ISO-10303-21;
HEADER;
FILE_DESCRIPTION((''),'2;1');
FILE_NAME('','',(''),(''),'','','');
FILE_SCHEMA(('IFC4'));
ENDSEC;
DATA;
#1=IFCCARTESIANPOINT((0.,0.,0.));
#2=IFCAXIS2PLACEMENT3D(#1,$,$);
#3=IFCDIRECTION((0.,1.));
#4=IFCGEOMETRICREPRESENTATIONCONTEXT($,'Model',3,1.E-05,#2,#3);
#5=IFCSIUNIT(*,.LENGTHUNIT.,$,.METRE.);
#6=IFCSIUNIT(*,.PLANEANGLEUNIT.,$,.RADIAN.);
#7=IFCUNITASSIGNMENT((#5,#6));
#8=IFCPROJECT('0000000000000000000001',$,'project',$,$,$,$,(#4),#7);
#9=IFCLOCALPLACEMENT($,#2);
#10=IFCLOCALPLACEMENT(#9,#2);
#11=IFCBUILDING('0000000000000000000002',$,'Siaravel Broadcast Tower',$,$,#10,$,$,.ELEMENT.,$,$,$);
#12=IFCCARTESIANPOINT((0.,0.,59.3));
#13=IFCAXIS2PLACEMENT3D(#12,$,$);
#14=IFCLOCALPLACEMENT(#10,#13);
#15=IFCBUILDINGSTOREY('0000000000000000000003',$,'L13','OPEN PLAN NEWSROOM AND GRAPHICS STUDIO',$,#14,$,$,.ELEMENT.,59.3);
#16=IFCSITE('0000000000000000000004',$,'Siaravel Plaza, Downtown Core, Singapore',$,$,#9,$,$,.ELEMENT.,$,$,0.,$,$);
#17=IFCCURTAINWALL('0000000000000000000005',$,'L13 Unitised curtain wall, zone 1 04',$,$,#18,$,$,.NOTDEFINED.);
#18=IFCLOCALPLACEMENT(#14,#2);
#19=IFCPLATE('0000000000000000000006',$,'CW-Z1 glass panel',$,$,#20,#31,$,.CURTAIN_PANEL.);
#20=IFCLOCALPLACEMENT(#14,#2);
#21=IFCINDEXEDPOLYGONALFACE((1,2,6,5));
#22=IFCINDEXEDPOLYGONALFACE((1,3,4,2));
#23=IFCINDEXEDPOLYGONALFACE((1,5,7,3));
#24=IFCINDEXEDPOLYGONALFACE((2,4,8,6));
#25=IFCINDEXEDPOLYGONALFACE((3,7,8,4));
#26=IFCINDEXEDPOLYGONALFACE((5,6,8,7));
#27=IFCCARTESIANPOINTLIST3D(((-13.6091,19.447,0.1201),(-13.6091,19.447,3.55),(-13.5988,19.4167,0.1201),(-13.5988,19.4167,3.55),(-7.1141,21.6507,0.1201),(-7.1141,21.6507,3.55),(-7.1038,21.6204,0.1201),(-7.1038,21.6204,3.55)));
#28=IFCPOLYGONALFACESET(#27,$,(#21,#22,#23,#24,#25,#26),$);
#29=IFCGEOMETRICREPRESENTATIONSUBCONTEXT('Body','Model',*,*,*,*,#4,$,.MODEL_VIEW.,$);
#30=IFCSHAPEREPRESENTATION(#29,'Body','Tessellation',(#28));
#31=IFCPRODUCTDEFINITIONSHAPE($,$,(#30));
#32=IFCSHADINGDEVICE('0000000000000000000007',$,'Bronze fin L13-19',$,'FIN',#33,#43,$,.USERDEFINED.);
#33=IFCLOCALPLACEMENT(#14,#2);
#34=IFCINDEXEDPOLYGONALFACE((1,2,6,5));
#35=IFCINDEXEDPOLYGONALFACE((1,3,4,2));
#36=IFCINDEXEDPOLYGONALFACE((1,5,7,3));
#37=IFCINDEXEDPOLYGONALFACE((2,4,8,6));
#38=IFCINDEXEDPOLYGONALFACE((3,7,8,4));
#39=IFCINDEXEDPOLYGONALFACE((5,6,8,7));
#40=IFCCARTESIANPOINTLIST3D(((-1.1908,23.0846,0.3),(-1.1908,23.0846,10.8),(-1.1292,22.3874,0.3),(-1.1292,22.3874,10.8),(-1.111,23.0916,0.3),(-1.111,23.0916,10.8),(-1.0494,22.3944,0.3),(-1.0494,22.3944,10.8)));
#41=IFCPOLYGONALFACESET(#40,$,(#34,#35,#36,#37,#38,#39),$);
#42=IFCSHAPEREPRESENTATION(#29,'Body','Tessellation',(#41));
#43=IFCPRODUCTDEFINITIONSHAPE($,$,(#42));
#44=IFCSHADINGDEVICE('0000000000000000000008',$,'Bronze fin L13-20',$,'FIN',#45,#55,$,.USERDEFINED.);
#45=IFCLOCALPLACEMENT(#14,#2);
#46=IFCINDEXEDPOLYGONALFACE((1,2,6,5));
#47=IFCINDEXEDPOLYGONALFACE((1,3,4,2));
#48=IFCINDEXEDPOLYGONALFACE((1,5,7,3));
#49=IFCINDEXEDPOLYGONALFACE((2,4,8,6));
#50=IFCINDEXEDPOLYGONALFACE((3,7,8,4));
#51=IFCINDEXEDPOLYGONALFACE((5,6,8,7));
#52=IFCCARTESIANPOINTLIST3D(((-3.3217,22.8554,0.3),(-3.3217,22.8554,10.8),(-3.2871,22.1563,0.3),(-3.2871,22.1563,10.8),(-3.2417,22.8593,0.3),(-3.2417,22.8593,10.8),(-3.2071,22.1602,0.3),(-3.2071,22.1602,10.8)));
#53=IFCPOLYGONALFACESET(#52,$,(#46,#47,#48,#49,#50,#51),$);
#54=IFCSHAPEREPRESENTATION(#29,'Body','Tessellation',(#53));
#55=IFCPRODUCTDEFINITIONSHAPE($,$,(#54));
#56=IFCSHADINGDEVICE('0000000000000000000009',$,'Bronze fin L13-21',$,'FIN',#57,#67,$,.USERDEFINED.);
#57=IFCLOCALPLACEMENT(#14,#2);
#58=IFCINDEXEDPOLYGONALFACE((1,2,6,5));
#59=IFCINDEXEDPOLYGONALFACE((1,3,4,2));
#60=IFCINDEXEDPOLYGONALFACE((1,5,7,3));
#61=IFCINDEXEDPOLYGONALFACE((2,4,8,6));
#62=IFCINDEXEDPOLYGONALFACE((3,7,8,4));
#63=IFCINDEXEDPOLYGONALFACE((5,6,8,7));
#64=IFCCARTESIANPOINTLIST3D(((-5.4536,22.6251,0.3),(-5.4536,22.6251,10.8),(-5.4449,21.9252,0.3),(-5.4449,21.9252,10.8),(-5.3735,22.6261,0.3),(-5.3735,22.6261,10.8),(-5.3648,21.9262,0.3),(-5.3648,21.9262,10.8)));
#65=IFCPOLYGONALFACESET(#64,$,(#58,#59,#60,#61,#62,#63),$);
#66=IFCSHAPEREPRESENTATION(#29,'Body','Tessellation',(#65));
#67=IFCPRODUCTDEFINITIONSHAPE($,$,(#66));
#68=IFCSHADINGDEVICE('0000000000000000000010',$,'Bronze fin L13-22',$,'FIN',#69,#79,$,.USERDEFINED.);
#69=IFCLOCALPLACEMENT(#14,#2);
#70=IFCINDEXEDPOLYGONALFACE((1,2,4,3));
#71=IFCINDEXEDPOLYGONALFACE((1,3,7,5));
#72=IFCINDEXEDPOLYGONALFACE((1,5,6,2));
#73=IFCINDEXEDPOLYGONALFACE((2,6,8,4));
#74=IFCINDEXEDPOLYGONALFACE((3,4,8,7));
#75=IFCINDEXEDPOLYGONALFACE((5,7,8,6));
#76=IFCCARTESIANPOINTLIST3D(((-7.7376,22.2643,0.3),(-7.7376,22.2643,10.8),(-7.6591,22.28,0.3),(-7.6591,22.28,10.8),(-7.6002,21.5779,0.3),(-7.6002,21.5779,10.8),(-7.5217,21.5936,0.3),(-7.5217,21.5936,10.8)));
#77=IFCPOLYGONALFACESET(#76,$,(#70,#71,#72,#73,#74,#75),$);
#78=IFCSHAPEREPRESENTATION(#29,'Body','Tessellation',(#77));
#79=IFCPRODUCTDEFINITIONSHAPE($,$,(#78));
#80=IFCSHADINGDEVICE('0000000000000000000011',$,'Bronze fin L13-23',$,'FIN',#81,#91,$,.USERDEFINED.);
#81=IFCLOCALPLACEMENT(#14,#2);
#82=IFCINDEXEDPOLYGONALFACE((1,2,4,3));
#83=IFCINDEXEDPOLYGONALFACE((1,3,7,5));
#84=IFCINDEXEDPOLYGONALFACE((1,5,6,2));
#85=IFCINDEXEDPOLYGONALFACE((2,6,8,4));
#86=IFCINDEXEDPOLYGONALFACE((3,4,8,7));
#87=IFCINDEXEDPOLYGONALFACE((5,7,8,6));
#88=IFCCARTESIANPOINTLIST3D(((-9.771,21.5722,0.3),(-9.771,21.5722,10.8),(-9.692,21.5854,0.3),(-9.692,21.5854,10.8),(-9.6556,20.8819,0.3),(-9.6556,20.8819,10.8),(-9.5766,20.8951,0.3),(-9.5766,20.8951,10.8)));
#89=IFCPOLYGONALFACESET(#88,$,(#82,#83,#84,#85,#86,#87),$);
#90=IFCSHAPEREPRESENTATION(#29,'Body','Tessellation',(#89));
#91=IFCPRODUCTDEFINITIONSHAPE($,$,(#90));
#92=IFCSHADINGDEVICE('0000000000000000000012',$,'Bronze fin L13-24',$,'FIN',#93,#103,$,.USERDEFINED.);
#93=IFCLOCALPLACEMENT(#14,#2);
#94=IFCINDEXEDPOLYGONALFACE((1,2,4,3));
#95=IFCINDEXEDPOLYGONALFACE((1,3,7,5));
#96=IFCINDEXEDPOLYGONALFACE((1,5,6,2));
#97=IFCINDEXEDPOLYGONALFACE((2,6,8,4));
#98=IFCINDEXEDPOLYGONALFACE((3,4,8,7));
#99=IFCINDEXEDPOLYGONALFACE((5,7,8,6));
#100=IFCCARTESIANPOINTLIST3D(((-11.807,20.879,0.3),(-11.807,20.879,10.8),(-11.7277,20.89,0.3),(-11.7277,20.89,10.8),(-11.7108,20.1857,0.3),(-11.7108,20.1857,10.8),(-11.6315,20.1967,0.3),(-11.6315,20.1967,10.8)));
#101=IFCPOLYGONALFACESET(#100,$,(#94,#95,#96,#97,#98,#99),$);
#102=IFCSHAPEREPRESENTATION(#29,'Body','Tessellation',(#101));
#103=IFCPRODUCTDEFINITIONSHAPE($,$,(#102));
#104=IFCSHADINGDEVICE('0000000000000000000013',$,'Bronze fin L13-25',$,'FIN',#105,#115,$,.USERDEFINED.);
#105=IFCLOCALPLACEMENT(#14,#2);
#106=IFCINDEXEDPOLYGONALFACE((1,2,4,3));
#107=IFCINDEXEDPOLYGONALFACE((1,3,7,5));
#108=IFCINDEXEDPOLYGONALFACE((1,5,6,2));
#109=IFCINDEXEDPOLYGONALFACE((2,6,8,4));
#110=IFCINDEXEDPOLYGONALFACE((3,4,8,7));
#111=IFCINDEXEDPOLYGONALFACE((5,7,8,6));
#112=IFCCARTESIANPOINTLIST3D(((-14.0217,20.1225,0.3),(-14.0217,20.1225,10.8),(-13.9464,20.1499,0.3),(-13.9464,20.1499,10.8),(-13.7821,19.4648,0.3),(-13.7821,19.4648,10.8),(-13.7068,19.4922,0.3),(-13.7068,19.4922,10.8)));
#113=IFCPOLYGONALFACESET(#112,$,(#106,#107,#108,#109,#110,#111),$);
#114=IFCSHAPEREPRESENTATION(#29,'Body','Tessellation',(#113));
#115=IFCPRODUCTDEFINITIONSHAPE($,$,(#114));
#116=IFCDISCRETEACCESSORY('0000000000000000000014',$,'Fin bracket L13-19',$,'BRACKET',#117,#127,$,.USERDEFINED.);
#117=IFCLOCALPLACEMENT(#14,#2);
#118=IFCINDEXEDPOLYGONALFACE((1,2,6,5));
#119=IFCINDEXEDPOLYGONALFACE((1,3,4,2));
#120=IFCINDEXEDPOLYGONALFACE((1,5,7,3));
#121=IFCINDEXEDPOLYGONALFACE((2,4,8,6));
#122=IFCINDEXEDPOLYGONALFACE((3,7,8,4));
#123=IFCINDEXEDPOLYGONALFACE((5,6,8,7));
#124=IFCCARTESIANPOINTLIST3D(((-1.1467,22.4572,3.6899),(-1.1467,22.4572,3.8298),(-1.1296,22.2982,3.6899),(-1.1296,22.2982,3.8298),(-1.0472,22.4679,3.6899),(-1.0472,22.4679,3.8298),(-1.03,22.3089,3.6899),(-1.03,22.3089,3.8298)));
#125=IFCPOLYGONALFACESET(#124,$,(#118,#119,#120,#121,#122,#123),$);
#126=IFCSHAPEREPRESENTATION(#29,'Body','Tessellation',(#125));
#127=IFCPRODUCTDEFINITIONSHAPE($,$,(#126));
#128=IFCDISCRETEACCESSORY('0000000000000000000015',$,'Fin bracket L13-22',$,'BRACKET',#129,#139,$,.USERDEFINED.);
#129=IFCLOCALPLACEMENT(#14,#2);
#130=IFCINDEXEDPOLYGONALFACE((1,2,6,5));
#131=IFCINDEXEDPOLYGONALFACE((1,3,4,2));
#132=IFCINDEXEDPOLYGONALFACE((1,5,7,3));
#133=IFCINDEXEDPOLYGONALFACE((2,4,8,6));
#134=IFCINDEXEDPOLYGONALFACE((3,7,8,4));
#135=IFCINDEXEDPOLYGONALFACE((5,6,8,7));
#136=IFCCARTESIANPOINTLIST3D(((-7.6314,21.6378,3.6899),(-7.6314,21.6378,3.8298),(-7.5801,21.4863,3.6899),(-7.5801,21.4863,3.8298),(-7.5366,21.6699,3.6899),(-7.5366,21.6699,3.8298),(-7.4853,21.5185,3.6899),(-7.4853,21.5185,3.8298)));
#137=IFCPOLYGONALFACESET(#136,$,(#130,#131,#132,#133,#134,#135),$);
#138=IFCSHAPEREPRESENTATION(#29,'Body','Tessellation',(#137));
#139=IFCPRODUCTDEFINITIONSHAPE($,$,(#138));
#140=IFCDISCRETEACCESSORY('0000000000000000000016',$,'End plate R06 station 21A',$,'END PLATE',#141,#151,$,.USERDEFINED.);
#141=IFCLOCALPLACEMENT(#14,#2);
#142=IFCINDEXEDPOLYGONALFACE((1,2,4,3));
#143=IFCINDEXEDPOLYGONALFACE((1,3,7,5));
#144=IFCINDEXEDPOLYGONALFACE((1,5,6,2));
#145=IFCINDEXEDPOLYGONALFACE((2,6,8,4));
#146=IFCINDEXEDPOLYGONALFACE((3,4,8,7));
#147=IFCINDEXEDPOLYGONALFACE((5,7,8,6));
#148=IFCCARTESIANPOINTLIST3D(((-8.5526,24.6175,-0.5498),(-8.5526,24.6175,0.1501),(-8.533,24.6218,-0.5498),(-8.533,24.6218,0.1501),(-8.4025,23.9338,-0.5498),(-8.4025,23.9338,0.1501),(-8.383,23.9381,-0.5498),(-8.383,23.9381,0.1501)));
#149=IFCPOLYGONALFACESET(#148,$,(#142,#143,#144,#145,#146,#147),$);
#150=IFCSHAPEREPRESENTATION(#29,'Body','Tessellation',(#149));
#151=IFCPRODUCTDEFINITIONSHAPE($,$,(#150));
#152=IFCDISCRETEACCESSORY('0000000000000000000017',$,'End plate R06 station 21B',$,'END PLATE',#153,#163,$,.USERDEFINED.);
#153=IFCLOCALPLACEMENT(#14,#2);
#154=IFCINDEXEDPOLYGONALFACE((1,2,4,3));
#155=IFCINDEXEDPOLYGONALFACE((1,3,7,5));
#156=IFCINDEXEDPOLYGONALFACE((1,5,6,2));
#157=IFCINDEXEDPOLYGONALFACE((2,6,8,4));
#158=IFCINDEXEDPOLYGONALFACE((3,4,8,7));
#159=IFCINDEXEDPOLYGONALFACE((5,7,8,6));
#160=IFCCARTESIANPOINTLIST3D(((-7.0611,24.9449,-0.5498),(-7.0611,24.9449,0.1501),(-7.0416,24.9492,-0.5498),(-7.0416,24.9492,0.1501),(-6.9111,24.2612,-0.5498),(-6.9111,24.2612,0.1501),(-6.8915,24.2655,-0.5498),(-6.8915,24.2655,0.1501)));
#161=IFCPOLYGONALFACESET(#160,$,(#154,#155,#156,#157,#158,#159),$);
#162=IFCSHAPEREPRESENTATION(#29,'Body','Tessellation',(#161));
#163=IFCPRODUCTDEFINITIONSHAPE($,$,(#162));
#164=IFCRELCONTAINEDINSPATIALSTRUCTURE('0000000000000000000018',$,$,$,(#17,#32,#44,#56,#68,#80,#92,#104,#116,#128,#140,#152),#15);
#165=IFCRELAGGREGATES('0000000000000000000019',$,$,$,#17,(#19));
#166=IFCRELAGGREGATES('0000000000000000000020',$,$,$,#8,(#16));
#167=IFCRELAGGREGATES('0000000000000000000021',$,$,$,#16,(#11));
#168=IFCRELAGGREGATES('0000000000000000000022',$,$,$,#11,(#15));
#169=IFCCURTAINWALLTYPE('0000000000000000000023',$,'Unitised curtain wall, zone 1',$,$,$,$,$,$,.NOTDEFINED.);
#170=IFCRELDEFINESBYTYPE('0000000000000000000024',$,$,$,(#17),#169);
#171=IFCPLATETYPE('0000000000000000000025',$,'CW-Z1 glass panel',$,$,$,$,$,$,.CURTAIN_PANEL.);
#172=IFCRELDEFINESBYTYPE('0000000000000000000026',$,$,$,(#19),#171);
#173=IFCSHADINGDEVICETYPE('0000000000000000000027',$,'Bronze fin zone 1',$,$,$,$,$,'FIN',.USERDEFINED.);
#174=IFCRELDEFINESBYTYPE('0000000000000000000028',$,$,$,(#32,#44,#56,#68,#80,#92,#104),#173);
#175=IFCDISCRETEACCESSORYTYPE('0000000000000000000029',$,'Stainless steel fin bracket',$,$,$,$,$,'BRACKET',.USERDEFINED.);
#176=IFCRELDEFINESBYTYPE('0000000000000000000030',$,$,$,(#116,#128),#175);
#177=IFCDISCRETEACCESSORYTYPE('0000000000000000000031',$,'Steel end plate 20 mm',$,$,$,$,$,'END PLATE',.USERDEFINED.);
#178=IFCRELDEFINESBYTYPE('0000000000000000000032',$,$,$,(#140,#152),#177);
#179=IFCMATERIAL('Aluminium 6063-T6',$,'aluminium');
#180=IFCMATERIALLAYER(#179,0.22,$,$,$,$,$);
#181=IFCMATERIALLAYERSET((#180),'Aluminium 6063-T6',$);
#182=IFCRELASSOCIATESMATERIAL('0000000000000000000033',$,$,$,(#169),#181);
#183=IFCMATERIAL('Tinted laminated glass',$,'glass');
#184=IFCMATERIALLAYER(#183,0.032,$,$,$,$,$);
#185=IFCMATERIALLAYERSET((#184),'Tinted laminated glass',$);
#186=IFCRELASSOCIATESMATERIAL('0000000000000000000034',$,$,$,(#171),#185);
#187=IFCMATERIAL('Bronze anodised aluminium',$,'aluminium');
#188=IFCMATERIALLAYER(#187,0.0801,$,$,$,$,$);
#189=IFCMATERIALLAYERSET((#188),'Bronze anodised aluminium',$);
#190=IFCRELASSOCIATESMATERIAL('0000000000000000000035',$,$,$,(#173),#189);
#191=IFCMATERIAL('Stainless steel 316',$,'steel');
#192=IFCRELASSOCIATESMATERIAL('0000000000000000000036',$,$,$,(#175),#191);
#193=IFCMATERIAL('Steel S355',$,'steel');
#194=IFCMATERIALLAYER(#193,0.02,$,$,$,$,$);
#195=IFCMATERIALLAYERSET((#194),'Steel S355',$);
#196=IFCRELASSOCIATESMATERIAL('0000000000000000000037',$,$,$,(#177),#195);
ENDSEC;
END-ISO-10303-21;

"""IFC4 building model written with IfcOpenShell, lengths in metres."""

from ifc_helpers import new_model, si_unit, direction, frame, origin, origin_2d, place, context, subcontext, project, spatial, rectangle, extrude, material, layer, layer_set, type_object, element, aggregate, save


model = new_model("IFC4")

# Units and contexts
model_context = context("Model", 3, precision=1e-05, world=origin(), true_north=direction((0.0, 1.0)))
body_context = subcontext(model_context, "Body", "Model", "MODEL_VIEW")
ifc_project = project(units=[si_unit("LENGTHUNIT", "METRE"), si_unit("PLANEANGLEUNIT", "RADIAN")], contexts=[model_context])

# Site, building, storey
site_placement = place(None, origin())
site = spatial("IfcSite", under=ifc_project, at=site_placement, Name="Siaravel Plaza, Downtown Core, Singapore", CompositionType="ELEMENT", RefElevation=0.0)
building_placement = place(site_placement, origin())
building = spatial("IfcBuilding", under=site, at=building_placement, Name="Siaravel Broadcast Tower", CompositionType="ELEMENT")
storey_placement = place(building_placement, frame((0.0, 0.0, 59.3)))
storey = spatial("IfcBuildingStorey", under=building, at=storey_placement, Name="L13", Description="OPEN PLAN NEWSROOM AND GRAPHICS STUDIO", CompositionType="ELEMENT", Elevation=59.3)

# Shared definitions
ifc_material_1 = material(Name="Steel S355", Category="steel")

# Curtain wall
ifc_material_2 = material(Name="Aluminium 6063-T6", Category="aluminium")
ifc_layer_1 = layer(ifc_material_2, 0.22)
ifc_layer_set_1 = layer_set([ifc_layer_1], Name="Aluminium 6063-T6")
curtain_wall_type = type_object("IfcCurtainWallType", Name="Unitised curtain wall, zone 1", PredefinedType="NOTDEFINED", material=ifc_layer_set_1)
curtain_wall_placement = place(storey_placement, origin())
curtain_wall = element("IfcCurtainWall", 1, at=curtain_wall_placement, inside=storey, type_object=curtain_wall_type, Name="L13 Unitised curtain wall, zone 1 04", PredefinedType="NOTDEFINED")

# Plate
ifc_material_3 = material(Name="Tinted laminated glass", Category="glass")
ifc_layer_2 = layer(ifc_material_3, 0.032)
ifc_layer_set_2 = layer_set([ifc_layer_2], Name="Tinted laminated glass")
plate_type = type_object("IfcPlateType", Name="CW-Z1 glass panel", PredefinedType="CURTAIN_PANEL", material=ifc_layer_set_2)
plate_1_placement = place(storey_placement, frame((-10.3564, 20.5337, 0.1201), z_axis=(0.0, 0.0, 1.0), x_axis=(-0.946978, -0.3213, 0.0)))
plate_1 = element("IfcPlate", 2, at=plate_1_placement, type_object=plate_type, Name="CW-Z1 glass panel", PredefinedType="CURTAIN_PANEL", context=body_context, shape_type="SweptSolid", body=[
    extrude(rectangle(XDim=6.8586, YDim=0.032, at=origin_2d()), origin(), (0.0, 0.0, 1.0), 3.4299),
])
aggregate(curtain_wall, [plate_1])

# Shading devices
ifc_material_4 = material(Name="Bronze anodised aluminium", Category="aluminium")
ifc_layer_3 = layer(ifc_material_4, 0.0801)
ifc_layer_set_3 = layer_set([ifc_layer_3], Name="Bronze anodised aluminium")
shading_device_type = type_object("IfcShadingDeviceType", Name="Bronze fin zone 1", ElementType="FIN", PredefinedType="USERDEFINED", material=ifc_layer_set_3)
for number, where, z_axis, x_axis, name in (
    (3, (-1.1201, 22.7395, 0.3), (0.0, 0.0, 1.0), (-0.087969, 0.996123, 0.0), "Bronze fin L13-19"),
    (4, (-3.2644, 22.5078, 0.3), (0.0, 0.0, 1.0), (-0.049512, 0.998774, 0.0), "Bronze fin L13-20"),
    (5, (-5.4092, 22.2756, 0.3), (0.0, 0.0, 1.0), (-0.012395, 0.999923, 0.0), "Bronze fin L13-21"),
    (6, (-7.6296, 21.929, 0.3), (0.0, 0.0, 1.0), (-0.196258, 0.980552, 0.0), "Bronze fin L13-22"),
    (7, (-9.6738, 21.2336, 0.3), (0.0, 0.0, 1.0), (-0.164867, 0.986316, 0.0), "Bronze fin L13-23"),
    (8, (-11.7192, 20.5378, 0.3), (0.0, 0.0, 1.0), (-0.137426, 0.990512, 0.0), "Bronze fin L13-24"),
    (9, (-13.8643, 19.8074, 0.3), (0.0, 0.0, 1.0), (-0.342297, 0.939592, 0.0), "Bronze fin L13-25"),
):
    element("IfcShadingDevice", number, at=place(storey_placement, frame(where, z_axis=z_axis, x_axis=x_axis)), inside=storey, type_object=shading_device_type, Name=name, ObjectType="FIN", PredefinedType="USERDEFINED", context=body_context, shape_type="SweptSolid", body=[
        extrude(rectangle(XDim=0.7, YDim=0.0801, at=origin_2d()), origin(), (0.0, 0.0, 1.0), 10.5),
    ])

# Discrete accessories
ifc_material_5 = material(Name="Stainless steel 316", Category="steel")
discrete_accessory_type_1 = type_object("IfcDiscreteAccessoryType", Name="Stainless steel fin bracket", ElementType="BRACKET", PredefinedType="USERDEFINED", material=ifc_material_5)
for number, where, z_axis, x_axis, name in (
    (10, (-1.0884, 22.3831, 3.6899), (0.0, 0.0, 1.0), (-0.107217, 0.994236, 0.0), "Fin bracket L13-19"),
    (11, (-7.5583, 21.5781, 3.6899), (0.0, 0.0, 1.0), (-0.321299, 0.946978, 0.0), "Fin bracket L13-22"),
):
    element("IfcDiscreteAccessory", number, at=place(storey_placement, frame(where, z_axis=z_axis, x_axis=x_axis)), inside=storey, type_object=discrete_accessory_type_1, Name=name, ObjectType="BRACKET", PredefinedType="USERDEFINED", context=body_context, shape_type="SweptSolid", body=[
        extrude(rectangle(XDim=0.1599, YDim=0.1001, at=origin_2d()), origin(), (0.0, 0.0, 1.0), 0.1399),
    ])
ifc_layer_4 = layer(ifc_material_1, 0.02)
ifc_layer_set_4 = layer_set([ifc_layer_4], Name="Steel S355")
discrete_accessory_type_2 = type_object("IfcDiscreteAccessoryType", Name="Steel end plate 20 mm", ElementType="END PLATE", PredefinedType="USERDEFINED", material=ifc_layer_set_4)
for number, where, z_axis, x_axis, name in (
    (12, (-8.4678, 24.2778, -0.5498), (0.0, 0.0, 1.0), (-0.976751, -0.214377, 0.0), "End plate R06 station 21A"),
    (13, (-6.9763, 24.6052, -0.5498), (0.0, 0.0, 1.0), (-0.976751, -0.214377, 0.0), "End plate R06 station 21B"),
):
    element("IfcDiscreteAccessory", number, at=place(storey_placement, frame(where, z_axis=z_axis, x_axis=x_axis)), inside=storey, type_object=discrete_accessory_type_2, Name=name, ObjectType="END PLATE", PredefinedType="USERDEFINED", context=body_context, shape_type="SweptSolid", body=[
        extrude(rectangle(XDim=0.02, YDim=0.7, at=origin_2d()), origin(), (0.0, 0.0, 1.0), 0.7),
    ])

save(model, "model.ifc")
